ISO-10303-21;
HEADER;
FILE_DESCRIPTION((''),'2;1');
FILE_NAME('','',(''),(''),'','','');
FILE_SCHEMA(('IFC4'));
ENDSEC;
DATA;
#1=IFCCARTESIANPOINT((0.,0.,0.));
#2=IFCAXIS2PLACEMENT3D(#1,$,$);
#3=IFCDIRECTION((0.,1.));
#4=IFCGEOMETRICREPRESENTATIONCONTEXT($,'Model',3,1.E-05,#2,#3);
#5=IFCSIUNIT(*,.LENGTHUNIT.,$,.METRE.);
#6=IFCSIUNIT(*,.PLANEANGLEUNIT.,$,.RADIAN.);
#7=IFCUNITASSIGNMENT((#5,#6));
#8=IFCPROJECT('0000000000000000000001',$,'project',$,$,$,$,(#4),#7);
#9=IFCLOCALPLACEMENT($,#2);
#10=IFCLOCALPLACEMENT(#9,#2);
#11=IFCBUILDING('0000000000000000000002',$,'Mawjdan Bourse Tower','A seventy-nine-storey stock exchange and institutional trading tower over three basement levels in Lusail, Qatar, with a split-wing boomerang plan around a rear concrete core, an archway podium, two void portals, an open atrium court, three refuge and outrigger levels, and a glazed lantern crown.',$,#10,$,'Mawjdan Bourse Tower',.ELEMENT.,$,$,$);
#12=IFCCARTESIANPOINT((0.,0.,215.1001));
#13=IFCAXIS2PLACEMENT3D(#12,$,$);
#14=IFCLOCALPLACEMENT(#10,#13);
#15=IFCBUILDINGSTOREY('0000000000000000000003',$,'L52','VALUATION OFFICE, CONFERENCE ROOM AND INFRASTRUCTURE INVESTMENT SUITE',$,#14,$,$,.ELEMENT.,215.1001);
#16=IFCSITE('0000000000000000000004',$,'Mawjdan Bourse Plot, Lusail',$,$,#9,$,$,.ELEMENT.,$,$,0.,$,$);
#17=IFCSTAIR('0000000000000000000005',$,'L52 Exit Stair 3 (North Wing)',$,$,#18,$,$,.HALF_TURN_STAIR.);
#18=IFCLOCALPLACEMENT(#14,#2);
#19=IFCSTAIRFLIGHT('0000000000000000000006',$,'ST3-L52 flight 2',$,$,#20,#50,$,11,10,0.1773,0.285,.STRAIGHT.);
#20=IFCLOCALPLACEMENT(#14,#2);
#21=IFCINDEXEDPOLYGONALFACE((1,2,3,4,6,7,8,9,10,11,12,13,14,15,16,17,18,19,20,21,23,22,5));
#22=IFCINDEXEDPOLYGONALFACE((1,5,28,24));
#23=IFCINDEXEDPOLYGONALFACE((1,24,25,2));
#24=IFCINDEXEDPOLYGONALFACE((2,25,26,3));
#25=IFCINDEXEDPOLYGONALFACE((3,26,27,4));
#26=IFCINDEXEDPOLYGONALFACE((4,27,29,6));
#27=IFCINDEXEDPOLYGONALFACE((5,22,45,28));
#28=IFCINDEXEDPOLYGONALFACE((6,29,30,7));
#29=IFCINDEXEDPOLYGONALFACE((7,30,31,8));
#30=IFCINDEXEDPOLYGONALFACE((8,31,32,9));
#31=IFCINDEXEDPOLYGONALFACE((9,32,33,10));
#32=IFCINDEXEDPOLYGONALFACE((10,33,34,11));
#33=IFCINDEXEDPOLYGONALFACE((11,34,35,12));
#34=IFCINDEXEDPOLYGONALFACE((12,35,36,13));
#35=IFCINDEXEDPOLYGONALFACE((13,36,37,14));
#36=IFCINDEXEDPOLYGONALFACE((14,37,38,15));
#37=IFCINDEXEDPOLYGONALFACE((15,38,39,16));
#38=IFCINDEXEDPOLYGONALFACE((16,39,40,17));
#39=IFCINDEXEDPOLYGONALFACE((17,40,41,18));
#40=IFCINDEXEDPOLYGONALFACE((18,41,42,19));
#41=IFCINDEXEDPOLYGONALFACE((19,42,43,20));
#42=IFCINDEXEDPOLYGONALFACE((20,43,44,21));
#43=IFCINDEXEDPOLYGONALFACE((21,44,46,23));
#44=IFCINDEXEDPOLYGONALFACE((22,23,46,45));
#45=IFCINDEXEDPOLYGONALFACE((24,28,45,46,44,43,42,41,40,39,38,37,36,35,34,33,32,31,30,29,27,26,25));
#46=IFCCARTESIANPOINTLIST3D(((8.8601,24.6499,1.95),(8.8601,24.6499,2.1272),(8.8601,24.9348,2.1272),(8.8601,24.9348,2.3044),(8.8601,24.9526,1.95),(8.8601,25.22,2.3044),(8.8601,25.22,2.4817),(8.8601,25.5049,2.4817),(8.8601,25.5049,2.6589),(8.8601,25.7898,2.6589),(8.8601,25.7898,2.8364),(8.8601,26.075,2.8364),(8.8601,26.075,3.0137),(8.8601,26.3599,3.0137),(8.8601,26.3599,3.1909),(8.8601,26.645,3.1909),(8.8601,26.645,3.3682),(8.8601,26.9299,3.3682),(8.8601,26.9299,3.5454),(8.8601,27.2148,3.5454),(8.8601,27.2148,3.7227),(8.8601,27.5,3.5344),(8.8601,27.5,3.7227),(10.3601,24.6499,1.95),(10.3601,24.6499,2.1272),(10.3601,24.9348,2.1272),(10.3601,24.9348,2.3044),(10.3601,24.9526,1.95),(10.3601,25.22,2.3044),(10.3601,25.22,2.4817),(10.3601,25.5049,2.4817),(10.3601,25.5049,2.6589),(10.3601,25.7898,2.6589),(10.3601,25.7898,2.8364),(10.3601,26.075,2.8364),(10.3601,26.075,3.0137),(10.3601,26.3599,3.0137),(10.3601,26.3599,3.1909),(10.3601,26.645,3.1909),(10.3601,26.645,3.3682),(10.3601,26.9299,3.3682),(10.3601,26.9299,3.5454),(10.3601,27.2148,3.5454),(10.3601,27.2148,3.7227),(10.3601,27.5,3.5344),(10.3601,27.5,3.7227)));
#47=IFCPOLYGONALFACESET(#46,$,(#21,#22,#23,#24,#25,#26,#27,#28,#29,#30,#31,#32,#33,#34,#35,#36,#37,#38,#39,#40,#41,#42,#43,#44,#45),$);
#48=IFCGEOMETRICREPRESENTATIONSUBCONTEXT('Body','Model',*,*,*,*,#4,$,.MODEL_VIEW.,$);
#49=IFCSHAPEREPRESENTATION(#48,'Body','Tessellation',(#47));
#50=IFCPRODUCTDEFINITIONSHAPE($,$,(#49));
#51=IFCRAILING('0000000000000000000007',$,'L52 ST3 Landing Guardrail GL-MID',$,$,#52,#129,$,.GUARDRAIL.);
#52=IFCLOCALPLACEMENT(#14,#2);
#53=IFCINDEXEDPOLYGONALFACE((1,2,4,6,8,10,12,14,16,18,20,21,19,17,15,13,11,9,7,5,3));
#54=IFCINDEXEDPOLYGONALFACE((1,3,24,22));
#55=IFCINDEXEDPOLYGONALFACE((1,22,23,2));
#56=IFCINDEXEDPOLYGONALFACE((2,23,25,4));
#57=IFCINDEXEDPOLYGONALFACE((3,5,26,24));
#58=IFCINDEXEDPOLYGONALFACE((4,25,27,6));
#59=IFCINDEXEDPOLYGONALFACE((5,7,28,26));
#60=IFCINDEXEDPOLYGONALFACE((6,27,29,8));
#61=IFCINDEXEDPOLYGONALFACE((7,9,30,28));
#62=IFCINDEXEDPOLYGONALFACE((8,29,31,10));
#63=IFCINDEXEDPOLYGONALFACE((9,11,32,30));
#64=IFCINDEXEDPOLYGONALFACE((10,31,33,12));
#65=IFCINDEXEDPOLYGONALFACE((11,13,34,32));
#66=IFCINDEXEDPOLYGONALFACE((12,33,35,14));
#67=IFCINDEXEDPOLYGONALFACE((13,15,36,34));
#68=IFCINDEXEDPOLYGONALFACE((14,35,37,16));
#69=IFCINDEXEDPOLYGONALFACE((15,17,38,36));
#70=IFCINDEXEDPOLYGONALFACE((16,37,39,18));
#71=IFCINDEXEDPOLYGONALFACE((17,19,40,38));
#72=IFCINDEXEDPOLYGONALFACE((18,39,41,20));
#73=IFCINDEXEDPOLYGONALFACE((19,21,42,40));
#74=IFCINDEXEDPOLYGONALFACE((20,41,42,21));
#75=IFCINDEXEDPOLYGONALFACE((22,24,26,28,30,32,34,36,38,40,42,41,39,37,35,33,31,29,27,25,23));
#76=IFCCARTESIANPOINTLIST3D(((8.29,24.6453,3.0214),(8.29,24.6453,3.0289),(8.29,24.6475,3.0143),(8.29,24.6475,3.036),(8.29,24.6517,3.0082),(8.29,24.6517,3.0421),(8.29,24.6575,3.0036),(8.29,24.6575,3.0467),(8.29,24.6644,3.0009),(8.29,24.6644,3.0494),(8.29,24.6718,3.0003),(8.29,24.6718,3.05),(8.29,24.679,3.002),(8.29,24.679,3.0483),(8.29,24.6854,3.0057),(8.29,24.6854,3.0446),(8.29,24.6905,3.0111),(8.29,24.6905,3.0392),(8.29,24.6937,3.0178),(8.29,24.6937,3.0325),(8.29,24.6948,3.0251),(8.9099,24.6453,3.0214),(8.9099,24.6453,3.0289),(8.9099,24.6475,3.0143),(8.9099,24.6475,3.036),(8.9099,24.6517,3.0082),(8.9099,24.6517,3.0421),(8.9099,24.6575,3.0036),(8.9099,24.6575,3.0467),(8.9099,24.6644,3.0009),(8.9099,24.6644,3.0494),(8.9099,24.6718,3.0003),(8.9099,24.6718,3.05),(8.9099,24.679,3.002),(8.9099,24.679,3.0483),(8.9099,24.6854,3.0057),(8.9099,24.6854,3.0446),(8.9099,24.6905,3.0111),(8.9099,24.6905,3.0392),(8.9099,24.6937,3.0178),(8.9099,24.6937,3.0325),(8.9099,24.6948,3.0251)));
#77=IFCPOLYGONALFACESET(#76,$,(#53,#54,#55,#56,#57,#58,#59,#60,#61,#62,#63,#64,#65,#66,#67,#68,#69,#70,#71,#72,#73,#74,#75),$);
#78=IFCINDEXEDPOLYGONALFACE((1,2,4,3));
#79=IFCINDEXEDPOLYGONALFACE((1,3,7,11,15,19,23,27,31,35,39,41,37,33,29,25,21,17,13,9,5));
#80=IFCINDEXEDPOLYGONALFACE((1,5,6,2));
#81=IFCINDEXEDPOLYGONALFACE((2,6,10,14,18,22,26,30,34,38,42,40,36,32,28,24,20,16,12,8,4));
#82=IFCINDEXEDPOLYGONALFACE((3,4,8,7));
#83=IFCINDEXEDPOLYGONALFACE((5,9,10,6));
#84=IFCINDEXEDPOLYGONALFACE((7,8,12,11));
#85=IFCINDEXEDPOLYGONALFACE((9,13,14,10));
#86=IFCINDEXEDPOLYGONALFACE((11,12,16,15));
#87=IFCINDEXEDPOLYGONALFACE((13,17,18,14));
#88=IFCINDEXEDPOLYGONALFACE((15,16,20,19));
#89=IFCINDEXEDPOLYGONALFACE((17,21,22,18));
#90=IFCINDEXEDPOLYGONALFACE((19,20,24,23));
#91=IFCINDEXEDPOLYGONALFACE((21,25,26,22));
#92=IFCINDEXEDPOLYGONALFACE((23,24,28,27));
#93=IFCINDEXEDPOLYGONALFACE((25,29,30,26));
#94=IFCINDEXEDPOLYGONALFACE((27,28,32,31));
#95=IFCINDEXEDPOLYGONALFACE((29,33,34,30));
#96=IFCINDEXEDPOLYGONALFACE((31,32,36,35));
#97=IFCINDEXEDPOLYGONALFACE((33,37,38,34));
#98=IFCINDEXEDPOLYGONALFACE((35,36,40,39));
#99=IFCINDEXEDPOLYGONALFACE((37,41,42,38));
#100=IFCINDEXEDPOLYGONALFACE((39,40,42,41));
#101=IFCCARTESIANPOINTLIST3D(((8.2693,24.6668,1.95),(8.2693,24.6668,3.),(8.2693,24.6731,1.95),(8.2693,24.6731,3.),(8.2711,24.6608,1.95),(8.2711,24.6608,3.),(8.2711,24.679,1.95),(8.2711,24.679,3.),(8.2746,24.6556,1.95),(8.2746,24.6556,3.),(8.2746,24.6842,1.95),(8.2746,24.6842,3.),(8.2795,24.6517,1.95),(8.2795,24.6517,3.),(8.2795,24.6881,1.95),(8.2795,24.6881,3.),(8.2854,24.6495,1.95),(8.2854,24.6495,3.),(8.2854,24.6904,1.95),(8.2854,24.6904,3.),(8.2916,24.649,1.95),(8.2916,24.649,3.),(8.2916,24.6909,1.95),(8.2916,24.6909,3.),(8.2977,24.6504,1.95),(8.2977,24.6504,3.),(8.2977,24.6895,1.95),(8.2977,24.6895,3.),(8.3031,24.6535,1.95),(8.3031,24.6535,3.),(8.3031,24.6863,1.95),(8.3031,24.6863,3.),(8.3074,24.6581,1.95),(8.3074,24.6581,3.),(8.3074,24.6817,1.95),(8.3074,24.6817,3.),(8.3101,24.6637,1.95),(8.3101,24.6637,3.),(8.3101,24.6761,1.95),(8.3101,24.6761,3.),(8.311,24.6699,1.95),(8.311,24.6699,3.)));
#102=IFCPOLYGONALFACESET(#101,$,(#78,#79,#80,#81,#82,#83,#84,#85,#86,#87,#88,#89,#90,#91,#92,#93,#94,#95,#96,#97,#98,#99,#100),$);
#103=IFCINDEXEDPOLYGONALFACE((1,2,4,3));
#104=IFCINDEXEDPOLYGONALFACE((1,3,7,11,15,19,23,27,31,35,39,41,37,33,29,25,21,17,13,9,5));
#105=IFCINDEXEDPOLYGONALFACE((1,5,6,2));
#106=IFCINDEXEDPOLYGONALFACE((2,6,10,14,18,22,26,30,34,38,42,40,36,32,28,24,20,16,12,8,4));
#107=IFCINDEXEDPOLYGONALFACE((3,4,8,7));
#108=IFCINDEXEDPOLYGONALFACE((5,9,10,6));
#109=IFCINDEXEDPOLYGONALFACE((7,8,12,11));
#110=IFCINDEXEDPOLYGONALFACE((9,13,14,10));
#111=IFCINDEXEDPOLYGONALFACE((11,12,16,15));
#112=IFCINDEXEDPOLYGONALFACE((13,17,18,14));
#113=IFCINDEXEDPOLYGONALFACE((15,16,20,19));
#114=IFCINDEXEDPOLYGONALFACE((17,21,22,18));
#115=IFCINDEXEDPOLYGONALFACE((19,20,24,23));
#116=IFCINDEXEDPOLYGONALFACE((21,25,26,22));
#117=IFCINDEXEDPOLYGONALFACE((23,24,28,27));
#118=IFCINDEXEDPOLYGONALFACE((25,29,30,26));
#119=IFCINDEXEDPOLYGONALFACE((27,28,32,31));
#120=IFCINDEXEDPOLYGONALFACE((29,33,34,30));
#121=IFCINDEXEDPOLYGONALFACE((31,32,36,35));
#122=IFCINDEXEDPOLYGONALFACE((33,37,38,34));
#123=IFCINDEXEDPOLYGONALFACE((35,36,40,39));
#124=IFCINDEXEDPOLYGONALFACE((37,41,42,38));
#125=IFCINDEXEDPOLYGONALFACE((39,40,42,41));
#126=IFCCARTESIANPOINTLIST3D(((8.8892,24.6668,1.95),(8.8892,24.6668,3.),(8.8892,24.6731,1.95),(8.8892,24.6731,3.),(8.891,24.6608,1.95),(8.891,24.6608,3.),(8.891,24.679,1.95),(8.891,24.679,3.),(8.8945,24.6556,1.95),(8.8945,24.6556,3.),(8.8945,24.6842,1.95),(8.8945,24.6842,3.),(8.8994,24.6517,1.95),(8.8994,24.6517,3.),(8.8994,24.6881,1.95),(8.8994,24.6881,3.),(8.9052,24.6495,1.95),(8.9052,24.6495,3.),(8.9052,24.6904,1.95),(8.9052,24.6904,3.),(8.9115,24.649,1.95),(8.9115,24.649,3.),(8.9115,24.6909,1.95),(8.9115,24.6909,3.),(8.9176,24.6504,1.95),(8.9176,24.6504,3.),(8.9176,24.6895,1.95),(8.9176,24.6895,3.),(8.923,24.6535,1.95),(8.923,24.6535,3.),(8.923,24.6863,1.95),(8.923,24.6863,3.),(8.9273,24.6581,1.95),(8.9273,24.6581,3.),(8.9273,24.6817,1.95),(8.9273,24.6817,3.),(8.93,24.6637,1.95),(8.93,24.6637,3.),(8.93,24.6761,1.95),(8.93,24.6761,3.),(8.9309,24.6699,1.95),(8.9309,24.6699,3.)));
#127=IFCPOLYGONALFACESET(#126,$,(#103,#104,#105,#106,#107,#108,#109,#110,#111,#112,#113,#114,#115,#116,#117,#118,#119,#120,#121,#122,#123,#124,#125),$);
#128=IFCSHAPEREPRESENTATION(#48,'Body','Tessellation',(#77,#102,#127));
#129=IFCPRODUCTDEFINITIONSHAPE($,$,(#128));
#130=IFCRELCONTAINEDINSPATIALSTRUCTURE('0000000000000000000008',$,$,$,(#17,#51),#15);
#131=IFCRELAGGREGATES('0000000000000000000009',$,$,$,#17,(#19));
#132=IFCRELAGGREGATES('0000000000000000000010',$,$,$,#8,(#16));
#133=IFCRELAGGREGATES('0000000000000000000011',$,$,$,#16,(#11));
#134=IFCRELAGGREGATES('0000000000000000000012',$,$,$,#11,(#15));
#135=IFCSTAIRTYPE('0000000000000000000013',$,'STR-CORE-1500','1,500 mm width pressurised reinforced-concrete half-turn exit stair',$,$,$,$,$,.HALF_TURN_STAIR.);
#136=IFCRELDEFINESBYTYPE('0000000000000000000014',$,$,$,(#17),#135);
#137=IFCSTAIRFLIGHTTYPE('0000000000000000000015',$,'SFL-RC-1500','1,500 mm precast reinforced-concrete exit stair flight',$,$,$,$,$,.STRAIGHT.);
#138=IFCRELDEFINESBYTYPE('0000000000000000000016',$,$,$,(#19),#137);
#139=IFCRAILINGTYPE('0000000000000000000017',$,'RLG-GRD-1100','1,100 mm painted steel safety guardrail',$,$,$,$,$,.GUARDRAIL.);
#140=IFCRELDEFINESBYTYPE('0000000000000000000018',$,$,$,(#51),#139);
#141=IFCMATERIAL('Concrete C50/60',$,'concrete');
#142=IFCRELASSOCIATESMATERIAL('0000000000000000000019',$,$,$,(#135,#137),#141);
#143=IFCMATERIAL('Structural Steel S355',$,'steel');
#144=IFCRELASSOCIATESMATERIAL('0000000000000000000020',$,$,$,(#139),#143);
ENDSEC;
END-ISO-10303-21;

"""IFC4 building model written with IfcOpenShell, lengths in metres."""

from ifc_helpers import new_model, si_unit, direction, frame, origin, origin_2d, place, context, subcontext, project, spatial, polyline, circle, outline, extrude, material, type_object, element, aggregate, save


model = new_model("IFC4")

# Units and contexts
model_context = context("Model", 3, precision=1e-05, world=origin(), true_north=direction((0.0, 1.0)))
body_context = subcontext(model_context, "Body", "Model", "MODEL_VIEW")
ifc_project = project(units=[si_unit("LENGTHUNIT", "METRE"), si_unit("PLANEANGLEUNIT", "RADIAN")], contexts=[model_context])

# Site, building, storey
site_placement = place(None, origin())
site = spatial("IfcSite", under=ifc_project, at=site_placement, Name="Mawjdan Bourse Plot, Lusail", CompositionType="ELEMENT", RefElevation=0.0)
building_placement = place(site_placement, origin())
building = spatial("IfcBuilding", under=site, at=building_placement, Name="Mawjdan Bourse Tower", Description="A seventy-nine-storey stock exchange and institutional trading tower over three basement levels in Lusail, Qatar, with a split-wing boomerang plan around a rear concrete core, an archway podium, two void portals, an open atrium court, three refuge and outrigger levels, and a glazed lantern crown.", LongName="Mawjdan Bourse Tower", CompositionType="ELEMENT")
storey_placement = place(building_placement, frame((0.0, 0.0, 215.1001)))
storey = spatial("IfcBuildingStorey", under=building, at=storey_placement, Name="L52", Description="VALUATION OFFICE, CONFERENCE ROOM AND INFRASTRUCTURE INVESTMENT SUITE", CompositionType="ELEMENT", Elevation=215.1001)

# Shared definitions
ifc_material_1 = material(Name="Structural Steel S355", Category="steel")

# Shared definitions
ifc_material_2 = material(Name="Concrete C50/60", Category="concrete")

# Stair, stair flight
stair_type = type_object("IfcStairType", Name="STR-CORE-1500", Description="1,500 mm width pressurised reinforced-concrete half-turn exit stair", PredefinedType="HALF_TURN_STAIR", material=ifc_material_2)
stair_placement = place(storey_placement, origin())
stair = element("IfcStair", 1, at=stair_placement, inside=storey, type_object=stair_type, Name="L52 Exit Stair 3 (North Wing)", PredefinedType="HALF_TURN_STAIR")
stair_flight_type = type_object("IfcStairFlightType", Name="SFL-RC-1500", Description="1,500 mm precast reinforced-concrete exit stair flight", PredefinedType="STRAIGHT", material=ifc_material_2)
stair_flight_placement = place(storey_placement, frame((9.6101, 24.6499, 1.95), z_axis=(0.0, 0.0, 1.0), x_axis=(0.0, 1.0, 0.0)))
stair_flight = element("IfcStairFlight", 2, at=stair_flight_placement, type_object=stair_flight_type, Name="ST3-L52 flight 2", NumberOfRisers=11, NumberOfTreads=10, PredefinedType="STRAIGHT", RiserHeight=0.1773, TreadLength=0.285, context=body_context, shape_type="SweptSolid", body=[
    extrude(outline(polyline([(0.0, 0.0), (0.0, 0.1772), (0.2849, 0.1772), (0.2849, 0.3545), (0.5701, 0.3545), (0.5701, 0.5317), (0.855, 0.5317), (0.855, 0.709), (1.1399, 0.709), (1.1399, 0.8865), (1.425, 0.8865), (1.425, 1.0637), (1.71, 1.0637), (1.71, 1.241), (1.9951, 1.241), (1.9951, 1.4182), (2.28, 1.4182), (2.28, 1.5955), (2.5649, 1.5955), (2.5649, 1.7727), (2.8501, 1.7727), (2.8501, 1.95), (2.8501, 1.5845), (0.3027, 0.0), (0.0, 0.0)])), frame((0.0, 0.75, 0.0), z_axis=(0.0, -1.0, 0.0), x_axis=(1.0, 0.0, 0.0)), (0.0, 0.0, 1.0), 1.5),
])
aggregate(stair, [stair_flight])

# Railing
railing_type_1 = type_object("IfcRailingType", Name="RLG-GRD-1100", Description="1,100 mm painted steel safety guardrail", PredefinedType="GUARDRAIL", material=ifc_material_1)
railing_1_placement = place(storey_placement, frame((8.29, 24.6699, 1.95)))
element("IfcRailing", 3, at=railing_1_placement, inside=storey, type_object=railing_type_1, Name="L52 ST3 Landing Guardrail GL-MID", PredefinedType="GUARDRAIL", context=body_context, shape_type="SweptSolid", body=[
    extrude(circle(Radius=0.0249, at=origin_2d()), frame((0.0, 0.0, 1.0752), z_axis=(1.0, 0.0, 0.0), x_axis=(0.0, 1.0, 0.0)), (0.0, 0.0, 1.0), 0.6199),
    extrude(circle(Radius=0.021, at=origin_2d()), origin(), (0.0, 0.0, 1.0), 1.05),
    extrude(circle(Radius=0.021, at=origin_2d()), frame((0.6199, 0.0, 0.0)), (0.0, 0.0, 1.0), 1.05),
])

save(model, "model.ifc")
